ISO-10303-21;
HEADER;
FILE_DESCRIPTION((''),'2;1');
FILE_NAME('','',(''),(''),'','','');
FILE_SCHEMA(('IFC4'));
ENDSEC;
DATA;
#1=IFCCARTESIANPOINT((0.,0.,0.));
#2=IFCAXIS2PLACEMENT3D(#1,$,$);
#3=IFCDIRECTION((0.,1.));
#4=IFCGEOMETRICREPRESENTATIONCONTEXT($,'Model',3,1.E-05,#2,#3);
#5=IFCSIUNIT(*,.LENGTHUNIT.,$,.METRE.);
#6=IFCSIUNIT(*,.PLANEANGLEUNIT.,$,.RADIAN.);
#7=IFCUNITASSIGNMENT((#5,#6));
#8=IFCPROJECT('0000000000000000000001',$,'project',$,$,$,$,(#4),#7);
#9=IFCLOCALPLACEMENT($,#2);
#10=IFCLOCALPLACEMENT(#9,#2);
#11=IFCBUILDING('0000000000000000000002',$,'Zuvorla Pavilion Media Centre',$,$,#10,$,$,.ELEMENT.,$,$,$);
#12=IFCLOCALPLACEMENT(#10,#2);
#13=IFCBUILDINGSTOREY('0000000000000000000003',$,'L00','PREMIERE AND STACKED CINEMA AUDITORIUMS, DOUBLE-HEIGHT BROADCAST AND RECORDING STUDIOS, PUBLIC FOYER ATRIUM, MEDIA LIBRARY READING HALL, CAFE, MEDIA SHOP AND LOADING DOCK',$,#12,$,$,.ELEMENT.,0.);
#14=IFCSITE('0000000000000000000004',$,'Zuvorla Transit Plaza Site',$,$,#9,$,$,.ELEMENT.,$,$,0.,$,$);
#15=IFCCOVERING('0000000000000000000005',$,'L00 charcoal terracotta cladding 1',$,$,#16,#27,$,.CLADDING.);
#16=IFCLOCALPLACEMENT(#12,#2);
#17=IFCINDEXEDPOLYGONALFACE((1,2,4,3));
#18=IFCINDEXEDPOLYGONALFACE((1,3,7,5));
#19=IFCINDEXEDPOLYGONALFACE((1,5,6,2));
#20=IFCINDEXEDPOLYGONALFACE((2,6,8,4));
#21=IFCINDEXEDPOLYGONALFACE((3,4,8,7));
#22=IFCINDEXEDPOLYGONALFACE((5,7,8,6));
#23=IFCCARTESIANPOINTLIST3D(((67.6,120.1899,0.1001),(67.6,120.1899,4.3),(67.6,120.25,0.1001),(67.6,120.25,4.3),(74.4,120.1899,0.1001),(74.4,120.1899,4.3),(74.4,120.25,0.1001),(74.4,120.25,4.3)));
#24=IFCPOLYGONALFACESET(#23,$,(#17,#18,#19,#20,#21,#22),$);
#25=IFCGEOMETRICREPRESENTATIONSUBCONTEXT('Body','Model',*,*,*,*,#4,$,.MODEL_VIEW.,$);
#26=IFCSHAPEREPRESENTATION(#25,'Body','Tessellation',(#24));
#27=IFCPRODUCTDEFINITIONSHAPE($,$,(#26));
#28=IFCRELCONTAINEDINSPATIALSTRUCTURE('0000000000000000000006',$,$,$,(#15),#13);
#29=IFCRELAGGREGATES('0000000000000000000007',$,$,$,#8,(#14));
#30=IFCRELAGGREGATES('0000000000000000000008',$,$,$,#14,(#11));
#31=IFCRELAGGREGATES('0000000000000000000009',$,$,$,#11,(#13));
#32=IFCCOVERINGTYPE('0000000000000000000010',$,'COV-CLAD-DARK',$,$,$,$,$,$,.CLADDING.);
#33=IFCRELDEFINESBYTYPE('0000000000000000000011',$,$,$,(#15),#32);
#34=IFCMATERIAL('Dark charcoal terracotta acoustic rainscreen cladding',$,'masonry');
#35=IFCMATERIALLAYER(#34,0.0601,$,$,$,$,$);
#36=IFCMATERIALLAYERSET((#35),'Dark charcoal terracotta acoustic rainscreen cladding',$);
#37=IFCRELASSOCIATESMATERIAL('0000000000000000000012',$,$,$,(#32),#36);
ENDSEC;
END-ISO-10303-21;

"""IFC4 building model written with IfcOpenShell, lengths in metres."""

from ifc_helpers import new_model, si_unit, direction, frame, origin, origin_2d, place, context, subcontext, project, spatial, rectangle, extrude, material, layer, layer_set, type_object, element, save


model = new_model("IFC4")

# Units and contexts
model_context = context("Model", 3, precision=1e-05, world=origin(), true_north=direction((0.0, 1.0)))
body_context = subcontext(model_context, "Body", "Model", "MODEL_VIEW")
ifc_project = project(units=[si_unit("LENGTHUNIT", "METRE"), si_unit("PLANEANGLEUNIT", "RADIAN")], contexts=[model_context])

# Site, building, storey
site_placement = place(None, origin())
site = spatial("IfcSite", under=ifc_project, at=site_placement, Name="Zuvorla Transit Plaza Site", CompositionType="ELEMENT", RefElevation=0.0)
building_placement = place(site_placement, origin())
building = spatial("IfcBuilding", under=site, at=building_placement, Name="Zuvorla Pavilion Media Centre", CompositionType="ELEMENT")
storey_placement = place(building_placement, origin())
storey = spatial("IfcBuildingStorey", under=building, at=storey_placement, Name="L00", Description="PREMIERE AND STACKED CINEMA AUDITORIUMS, DOUBLE-HEIGHT BROADCAST AND RECORDING STUDIOS, PUBLIC FOYER ATRIUM, MEDIA LIBRARY READING HALL, CAFE, MEDIA SHOP AND LOADING DOCK", CompositionType="ELEMENT", Elevation=0.0)

# Covering
ifc_material_1 = material(Name="Dark charcoal terracotta acoustic rainscreen cladding", Category="masonry")
ifc_layer_1 = layer(ifc_material_1, 0.0601)
ifc_layer_set_1 = layer_set([ifc_layer_1], Name="Dark charcoal terracotta acoustic rainscreen cladding")
covering_type = type_object("IfcCoveringType", Name="COV-CLAD-DARK", PredefinedType="CLADDING", material=ifc_layer_set_1)
covering_placement = place(storey_placement, frame((71.0, 120.22, 0.1001), z_axis=(0.0, 0.0, 1.0), x_axis=(1.0, 0.0, 0.0)))
element("IfcCovering", 1, at=covering_placement, inside=storey, type_object=covering_type, Name="L00 charcoal terracotta cladding 1", PredefinedType="CLADDING", context=body_context, shape_type="SweptSolid", body=[
    extrude(rectangle(XDim=6.8, YDim=0.0601, at=origin_2d()), origin(), (0.0, 0.0, 1.0), 4.2),
])

save(model, "model.ifc")
